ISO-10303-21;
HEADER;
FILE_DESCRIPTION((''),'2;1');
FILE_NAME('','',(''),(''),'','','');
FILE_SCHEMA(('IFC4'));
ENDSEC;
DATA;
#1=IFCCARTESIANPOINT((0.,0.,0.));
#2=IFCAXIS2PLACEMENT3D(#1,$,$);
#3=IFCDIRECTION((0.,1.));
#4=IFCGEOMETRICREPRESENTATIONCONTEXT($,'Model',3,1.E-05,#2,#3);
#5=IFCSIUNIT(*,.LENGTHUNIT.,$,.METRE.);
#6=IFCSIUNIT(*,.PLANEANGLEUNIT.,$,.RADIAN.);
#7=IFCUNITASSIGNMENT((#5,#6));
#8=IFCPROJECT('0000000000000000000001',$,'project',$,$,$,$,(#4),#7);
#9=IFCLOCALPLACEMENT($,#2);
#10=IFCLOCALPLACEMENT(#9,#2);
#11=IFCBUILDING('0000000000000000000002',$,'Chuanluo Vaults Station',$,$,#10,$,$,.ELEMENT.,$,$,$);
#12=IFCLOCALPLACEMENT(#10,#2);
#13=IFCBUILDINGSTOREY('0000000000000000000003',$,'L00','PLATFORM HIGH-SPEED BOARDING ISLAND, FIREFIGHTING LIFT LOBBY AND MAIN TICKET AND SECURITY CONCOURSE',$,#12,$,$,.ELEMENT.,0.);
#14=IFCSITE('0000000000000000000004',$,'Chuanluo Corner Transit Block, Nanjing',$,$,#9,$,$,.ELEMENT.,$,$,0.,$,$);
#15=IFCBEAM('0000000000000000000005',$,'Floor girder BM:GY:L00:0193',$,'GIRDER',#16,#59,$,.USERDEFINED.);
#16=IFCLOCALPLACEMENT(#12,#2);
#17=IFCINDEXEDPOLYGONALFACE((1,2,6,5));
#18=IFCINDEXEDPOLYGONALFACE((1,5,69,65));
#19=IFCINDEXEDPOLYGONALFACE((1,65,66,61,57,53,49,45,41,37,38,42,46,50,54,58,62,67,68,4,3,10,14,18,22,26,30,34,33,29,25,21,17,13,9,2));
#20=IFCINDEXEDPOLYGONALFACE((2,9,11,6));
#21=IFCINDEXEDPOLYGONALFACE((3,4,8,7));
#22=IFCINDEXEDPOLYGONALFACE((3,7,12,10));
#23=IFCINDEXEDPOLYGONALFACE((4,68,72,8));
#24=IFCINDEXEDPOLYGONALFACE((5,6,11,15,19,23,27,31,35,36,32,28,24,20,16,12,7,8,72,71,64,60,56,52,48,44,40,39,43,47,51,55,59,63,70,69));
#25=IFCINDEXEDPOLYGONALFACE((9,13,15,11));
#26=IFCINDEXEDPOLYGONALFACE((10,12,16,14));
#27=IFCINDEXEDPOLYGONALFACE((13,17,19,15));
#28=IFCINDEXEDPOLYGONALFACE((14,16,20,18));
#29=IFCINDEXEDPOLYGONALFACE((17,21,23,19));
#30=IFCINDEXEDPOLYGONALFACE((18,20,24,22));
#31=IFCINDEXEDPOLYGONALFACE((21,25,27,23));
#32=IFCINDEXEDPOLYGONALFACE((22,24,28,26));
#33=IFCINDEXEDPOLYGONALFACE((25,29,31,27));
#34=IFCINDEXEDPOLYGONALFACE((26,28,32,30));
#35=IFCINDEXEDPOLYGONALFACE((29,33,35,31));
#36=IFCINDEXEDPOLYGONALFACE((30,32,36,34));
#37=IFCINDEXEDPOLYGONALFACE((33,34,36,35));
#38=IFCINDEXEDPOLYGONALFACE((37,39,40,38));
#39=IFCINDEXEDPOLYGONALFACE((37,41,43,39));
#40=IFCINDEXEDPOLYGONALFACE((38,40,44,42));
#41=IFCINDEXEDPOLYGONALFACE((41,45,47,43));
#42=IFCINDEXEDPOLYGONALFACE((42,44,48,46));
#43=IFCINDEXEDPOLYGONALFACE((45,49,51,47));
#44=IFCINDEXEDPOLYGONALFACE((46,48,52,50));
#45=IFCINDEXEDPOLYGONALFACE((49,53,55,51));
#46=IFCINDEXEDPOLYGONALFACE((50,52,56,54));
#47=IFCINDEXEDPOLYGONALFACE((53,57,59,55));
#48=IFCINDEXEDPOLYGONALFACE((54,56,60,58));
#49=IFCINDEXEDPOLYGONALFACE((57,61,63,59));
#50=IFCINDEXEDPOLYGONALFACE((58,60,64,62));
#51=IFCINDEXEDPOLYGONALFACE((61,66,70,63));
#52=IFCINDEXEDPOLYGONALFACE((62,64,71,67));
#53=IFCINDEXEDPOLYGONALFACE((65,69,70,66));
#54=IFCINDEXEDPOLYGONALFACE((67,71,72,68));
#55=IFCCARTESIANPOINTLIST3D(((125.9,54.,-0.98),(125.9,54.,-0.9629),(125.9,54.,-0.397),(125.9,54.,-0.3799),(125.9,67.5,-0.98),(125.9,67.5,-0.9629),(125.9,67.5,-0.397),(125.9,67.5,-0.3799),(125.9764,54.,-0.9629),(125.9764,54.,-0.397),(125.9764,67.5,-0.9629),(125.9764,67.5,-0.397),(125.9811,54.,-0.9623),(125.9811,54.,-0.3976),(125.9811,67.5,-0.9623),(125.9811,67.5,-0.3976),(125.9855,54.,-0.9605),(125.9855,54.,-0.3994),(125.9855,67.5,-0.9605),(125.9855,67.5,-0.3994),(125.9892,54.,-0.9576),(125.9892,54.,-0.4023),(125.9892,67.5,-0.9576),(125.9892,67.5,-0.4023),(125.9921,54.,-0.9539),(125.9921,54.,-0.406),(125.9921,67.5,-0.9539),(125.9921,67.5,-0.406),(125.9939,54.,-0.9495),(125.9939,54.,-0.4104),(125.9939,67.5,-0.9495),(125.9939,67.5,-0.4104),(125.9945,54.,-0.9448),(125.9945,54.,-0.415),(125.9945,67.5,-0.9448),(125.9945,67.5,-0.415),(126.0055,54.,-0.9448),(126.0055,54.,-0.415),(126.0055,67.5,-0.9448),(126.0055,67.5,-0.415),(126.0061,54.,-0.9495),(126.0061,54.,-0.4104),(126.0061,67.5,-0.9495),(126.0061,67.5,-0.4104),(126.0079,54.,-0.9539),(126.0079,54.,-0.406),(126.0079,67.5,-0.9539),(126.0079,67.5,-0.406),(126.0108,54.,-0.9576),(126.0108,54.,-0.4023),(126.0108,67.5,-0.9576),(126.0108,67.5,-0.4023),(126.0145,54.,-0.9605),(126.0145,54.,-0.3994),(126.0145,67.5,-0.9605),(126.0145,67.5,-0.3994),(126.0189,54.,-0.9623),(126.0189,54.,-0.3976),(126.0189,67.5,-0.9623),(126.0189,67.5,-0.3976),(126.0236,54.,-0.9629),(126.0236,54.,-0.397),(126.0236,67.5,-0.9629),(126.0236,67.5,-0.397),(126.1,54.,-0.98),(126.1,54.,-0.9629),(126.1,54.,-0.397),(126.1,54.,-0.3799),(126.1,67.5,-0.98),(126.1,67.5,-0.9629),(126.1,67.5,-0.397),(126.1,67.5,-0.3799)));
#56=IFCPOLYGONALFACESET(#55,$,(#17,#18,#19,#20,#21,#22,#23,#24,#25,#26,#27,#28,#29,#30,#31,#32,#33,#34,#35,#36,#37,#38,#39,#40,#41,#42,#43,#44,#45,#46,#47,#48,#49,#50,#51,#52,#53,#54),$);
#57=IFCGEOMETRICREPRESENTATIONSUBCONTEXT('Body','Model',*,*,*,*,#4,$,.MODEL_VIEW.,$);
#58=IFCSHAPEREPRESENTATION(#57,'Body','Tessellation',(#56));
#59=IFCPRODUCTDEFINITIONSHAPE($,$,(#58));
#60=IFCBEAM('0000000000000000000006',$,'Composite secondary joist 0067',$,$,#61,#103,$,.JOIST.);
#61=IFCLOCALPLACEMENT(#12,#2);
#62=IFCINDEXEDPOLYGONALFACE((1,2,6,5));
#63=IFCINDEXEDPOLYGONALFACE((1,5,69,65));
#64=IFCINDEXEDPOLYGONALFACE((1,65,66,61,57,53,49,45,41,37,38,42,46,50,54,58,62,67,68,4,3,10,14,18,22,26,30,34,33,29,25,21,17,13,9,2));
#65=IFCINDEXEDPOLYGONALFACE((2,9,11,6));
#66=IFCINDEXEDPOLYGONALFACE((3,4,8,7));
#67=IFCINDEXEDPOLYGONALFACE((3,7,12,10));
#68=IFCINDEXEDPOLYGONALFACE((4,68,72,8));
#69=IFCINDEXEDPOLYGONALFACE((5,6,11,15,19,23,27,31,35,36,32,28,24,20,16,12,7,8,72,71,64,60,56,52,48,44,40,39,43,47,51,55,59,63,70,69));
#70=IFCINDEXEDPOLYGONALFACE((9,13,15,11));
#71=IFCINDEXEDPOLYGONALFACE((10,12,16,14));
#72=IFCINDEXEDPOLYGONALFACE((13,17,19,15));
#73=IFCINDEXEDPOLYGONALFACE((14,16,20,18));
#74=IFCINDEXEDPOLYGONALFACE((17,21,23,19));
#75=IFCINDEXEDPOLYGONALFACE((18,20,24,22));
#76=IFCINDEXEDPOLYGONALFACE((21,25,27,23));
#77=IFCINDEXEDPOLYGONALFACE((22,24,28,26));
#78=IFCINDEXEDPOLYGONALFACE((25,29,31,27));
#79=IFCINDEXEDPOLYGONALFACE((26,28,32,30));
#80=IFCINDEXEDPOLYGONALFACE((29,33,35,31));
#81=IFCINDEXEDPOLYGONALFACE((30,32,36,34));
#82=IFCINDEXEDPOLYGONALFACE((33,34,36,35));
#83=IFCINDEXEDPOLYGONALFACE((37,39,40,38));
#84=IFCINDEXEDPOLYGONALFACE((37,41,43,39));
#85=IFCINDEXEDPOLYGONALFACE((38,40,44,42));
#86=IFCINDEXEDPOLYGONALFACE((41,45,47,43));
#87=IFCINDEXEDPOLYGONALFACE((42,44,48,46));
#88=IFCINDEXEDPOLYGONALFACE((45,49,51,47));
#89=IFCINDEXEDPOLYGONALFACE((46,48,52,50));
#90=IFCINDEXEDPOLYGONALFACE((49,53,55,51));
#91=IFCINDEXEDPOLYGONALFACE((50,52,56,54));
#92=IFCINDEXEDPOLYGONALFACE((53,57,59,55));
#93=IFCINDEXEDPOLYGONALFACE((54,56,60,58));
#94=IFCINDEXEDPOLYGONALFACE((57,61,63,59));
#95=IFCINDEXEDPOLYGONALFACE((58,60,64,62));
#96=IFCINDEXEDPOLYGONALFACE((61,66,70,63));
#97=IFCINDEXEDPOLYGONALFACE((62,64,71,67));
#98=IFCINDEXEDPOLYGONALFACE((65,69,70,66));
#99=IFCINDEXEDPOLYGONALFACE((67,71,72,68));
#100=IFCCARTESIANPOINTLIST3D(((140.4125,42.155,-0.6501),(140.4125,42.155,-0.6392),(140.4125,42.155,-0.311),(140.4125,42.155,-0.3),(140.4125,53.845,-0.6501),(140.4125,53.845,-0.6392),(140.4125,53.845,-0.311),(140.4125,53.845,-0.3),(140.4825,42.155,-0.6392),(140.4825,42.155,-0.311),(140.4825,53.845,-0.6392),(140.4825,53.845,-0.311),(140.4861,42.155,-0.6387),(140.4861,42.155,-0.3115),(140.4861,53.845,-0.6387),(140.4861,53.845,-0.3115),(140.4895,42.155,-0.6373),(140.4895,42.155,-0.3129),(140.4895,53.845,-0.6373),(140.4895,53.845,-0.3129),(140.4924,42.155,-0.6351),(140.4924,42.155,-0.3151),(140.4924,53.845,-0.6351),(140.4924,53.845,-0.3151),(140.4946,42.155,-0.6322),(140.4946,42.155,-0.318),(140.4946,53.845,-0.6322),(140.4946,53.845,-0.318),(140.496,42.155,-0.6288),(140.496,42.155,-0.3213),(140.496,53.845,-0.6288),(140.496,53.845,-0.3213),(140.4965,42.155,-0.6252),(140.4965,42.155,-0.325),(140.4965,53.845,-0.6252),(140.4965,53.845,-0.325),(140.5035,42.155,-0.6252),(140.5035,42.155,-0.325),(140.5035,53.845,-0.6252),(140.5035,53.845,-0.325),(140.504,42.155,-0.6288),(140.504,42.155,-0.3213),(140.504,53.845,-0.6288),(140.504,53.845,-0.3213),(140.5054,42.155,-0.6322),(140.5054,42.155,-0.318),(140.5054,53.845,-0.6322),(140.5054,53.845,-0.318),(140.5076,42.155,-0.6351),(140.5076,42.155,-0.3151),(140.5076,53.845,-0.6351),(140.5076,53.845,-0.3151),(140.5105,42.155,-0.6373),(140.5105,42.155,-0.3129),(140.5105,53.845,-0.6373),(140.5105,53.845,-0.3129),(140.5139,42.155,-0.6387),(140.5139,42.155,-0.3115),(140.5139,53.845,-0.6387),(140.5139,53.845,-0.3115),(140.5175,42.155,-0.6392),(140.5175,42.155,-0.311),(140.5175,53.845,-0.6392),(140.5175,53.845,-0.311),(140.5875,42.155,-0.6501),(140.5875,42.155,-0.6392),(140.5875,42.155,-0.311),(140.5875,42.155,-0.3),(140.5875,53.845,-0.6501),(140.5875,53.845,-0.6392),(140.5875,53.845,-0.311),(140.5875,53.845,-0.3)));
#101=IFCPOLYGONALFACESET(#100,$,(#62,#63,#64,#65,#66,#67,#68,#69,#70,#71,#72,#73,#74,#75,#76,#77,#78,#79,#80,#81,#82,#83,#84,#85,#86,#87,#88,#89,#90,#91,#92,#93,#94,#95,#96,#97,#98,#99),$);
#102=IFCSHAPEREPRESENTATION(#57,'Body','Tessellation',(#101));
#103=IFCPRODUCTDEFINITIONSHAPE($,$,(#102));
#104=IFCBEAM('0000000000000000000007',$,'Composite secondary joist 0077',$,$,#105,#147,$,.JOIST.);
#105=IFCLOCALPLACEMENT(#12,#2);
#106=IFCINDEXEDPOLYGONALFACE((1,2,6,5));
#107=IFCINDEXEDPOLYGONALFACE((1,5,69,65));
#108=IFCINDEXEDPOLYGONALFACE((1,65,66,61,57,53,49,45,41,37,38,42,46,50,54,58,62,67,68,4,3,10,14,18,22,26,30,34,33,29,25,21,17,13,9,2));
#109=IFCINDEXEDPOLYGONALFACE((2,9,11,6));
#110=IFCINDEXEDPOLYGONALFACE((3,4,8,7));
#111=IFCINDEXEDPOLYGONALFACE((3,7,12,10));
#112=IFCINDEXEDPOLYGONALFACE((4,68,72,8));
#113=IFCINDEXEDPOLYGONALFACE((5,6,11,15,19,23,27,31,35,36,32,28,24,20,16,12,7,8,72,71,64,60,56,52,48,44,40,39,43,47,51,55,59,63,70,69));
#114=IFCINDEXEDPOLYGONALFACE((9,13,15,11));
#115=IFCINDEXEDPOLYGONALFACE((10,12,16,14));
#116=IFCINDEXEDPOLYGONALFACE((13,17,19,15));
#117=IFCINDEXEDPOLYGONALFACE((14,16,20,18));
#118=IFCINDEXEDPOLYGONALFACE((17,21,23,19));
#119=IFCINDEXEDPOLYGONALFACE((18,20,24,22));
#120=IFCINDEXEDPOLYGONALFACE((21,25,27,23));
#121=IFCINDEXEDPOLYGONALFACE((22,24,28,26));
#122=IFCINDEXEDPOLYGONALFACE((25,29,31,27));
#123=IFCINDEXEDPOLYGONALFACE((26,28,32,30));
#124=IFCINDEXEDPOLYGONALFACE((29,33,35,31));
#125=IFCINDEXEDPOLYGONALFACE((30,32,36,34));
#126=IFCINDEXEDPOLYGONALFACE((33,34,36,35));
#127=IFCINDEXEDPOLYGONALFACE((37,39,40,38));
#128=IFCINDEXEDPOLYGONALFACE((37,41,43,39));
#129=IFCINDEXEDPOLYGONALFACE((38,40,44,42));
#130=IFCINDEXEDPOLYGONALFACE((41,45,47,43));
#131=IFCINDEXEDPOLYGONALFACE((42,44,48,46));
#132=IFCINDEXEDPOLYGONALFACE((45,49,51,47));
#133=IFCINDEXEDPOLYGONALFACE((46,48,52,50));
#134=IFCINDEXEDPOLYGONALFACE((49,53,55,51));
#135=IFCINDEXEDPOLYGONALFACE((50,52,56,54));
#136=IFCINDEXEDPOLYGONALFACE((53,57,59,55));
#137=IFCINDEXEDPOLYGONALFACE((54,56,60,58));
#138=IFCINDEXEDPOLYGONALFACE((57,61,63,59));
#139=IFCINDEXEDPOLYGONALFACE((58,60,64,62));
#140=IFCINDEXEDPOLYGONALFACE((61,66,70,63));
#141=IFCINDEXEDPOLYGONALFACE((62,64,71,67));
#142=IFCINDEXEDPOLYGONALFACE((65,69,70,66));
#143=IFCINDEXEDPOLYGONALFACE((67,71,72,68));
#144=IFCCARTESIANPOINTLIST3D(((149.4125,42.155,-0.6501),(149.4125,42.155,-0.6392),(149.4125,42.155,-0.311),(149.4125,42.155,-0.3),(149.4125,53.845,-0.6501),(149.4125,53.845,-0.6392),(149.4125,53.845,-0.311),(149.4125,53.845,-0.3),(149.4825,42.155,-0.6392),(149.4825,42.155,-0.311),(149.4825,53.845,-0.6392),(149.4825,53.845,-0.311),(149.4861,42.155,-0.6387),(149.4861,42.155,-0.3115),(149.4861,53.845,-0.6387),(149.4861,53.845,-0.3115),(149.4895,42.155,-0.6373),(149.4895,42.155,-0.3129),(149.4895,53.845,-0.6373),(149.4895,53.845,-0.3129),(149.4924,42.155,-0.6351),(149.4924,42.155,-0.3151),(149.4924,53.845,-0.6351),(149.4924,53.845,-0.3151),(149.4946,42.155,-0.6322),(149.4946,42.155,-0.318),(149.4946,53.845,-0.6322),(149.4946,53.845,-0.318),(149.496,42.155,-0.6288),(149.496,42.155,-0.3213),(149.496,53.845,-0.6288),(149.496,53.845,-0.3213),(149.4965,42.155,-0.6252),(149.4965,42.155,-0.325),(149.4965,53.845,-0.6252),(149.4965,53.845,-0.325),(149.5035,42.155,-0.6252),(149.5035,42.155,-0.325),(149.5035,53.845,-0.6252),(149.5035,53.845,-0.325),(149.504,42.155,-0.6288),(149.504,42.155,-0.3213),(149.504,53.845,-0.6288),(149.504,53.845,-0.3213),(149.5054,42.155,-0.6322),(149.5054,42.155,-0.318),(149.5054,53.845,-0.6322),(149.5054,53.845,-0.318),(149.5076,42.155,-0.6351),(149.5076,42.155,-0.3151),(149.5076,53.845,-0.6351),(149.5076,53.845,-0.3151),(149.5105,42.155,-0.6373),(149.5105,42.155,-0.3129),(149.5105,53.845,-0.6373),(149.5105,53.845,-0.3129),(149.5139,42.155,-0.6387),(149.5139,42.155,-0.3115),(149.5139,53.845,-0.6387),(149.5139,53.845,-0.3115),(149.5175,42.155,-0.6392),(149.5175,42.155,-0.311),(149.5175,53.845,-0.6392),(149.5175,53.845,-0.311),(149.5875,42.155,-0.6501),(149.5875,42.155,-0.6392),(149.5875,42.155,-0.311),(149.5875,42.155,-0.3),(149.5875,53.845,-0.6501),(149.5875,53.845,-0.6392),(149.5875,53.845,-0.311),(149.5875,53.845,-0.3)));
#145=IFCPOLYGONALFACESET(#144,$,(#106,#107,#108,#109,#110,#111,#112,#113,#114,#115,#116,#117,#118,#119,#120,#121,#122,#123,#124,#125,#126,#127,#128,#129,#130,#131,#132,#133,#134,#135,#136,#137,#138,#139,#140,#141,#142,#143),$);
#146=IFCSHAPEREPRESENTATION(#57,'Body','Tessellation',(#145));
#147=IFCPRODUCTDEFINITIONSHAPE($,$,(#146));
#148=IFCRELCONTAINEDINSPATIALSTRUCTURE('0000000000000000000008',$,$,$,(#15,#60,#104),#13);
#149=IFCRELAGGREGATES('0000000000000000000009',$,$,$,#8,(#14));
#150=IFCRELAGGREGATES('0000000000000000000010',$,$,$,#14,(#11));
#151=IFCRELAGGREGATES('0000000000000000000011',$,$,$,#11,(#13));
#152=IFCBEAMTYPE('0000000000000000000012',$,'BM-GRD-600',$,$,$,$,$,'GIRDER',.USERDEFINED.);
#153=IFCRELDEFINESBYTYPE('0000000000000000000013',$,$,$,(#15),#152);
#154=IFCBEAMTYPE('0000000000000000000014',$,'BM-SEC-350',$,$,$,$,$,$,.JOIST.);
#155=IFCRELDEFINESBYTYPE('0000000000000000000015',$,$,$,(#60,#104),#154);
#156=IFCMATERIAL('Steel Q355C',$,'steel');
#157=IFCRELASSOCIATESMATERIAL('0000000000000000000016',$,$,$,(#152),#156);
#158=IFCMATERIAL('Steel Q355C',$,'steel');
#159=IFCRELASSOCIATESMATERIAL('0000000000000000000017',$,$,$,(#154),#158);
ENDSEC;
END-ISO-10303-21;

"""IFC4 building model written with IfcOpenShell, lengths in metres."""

from ifc_helpers import new_model, si_unit, direction, frame, origin, origin_2d, place, context, subcontext, project, spatial, i_section, extrude, material, material_profile, profile_set, type_object, element, save


model = new_model("IFC4")

# Units and contexts
model_context = context("Model", 3, precision=1e-05, world=origin(), true_north=direction((0.0, 1.0)))
body_context = subcontext(model_context, "Body", "Model", "MODEL_VIEW")
ifc_project = project(units=[si_unit("LENGTHUNIT", "METRE"), si_unit("PLANEANGLEUNIT", "RADIAN")], contexts=[model_context])

# Site, building, storey
site_placement = place(None, origin())
site = spatial("IfcSite", under=ifc_project, at=site_placement, Name="Chuanluo Corner Transit Block, Nanjing", CompositionType="ELEMENT", RefElevation=0.0)
building_placement = place(site_placement, origin())
building = spatial("IfcBuilding", under=site, at=building_placement, Name="Chuanluo Vaults Station", CompositionType="ELEMENT")
storey_placement = place(building_placement, origin())
storey = spatial("IfcBuildingStorey", under=building, at=storey_placement, Name="L00", Description="PLATFORM HIGH-SPEED BOARDING ISLAND, FIREFIGHTING LIFT LOBBY AND MAIN TICKET AND SECURITY CONCOURSE", CompositionType="ELEMENT", Elevation=0.0)

# Beams
ifc_material_1 = material(Name="Steel Q355C", Category="steel")
ifc_material_profile_1 = material_profile(ifc_material_1, i_section(OverallWidth=0.2, OverallDepth=0.6001, WebThickness=0.011, FlangeThickness=0.0171, FilletRadius=0.0181, at=origin_2d()))
ifc_profile_set_1 = profile_set([ifc_material_profile_1], Name="Steel Q355C")
beam_type_1 = type_object("IfcBeamType", Name="BM-GRD-600", ElementType="GIRDER", PredefinedType="USERDEFINED", material=ifc_profile_set_1)
beam_placement = place(storey_placement, frame((126.0, 54.0, -0.6799), z_axis=(0.0, 1.0, 0.0), x_axis=(-1.0, 0.0, 0.0)))
element("IfcBeam", 1, at=beam_placement, inside=storey, type_object=beam_type_1, Name="Floor girder BM:GY:L00:0193", ObjectType="GIRDER", PredefinedType="USERDEFINED", context=body_context, shape_type="SweptSolid", body=[
    extrude(i_section(OverallWidth=0.2, OverallDepth=0.6001, WebThickness=0.011, FlangeThickness=0.0171, FilletRadius=0.0181, at=origin_2d()), origin(), (0.0, 0.0, 1.0), 13.5),
])
ifc_material_2 = material(Name="Steel Q355C", Category="steel")
ifc_material_profile_2 = material_profile(ifc_material_2, i_section(OverallWidth=0.175, OverallDepth=0.3501, WebThickness=0.0071, FlangeThickness=0.011, FilletRadius=0.0139, at=origin_2d()))
ifc_profile_set_2 = profile_set([ifc_material_profile_2], Name="Steel Q355C")
beam_type_2 = type_object("IfcBeamType", Name="BM-SEC-350", PredefinedType="JOIST", material=ifc_profile_set_2)
for number, where, z_axis, x_axis, name in (
    (2, (140.5, 42.155, -0.4751), (0.0, 1.0, 0.0), (-1.0, 0.0, 0.0), "Composite secondary joist 0067"),
    (3, (149.5, 42.155, -0.4751), (0.0, 1.0, 0.0), (-1.0, 0.0, 0.0), "Composite secondary joist 0077"),
):
    element("IfcBeam", number, at=place(storey_placement, frame(where, z_axis=z_axis, x_axis=x_axis)), inside=storey, type_object=beam_type_2, Name=name, PredefinedType="JOIST", context=body_context, shape_type="SweptSolid", body=[
        extrude(i_section(OverallWidth=0.175, OverallDepth=0.3501, WebThickness=0.0071, FlangeThickness=0.011, FilletRadius=0.0139, at=origin_2d()), origin(), (0.0, 0.0, 1.0), 11.6899),
    ])

save(model, "model.ifc")
